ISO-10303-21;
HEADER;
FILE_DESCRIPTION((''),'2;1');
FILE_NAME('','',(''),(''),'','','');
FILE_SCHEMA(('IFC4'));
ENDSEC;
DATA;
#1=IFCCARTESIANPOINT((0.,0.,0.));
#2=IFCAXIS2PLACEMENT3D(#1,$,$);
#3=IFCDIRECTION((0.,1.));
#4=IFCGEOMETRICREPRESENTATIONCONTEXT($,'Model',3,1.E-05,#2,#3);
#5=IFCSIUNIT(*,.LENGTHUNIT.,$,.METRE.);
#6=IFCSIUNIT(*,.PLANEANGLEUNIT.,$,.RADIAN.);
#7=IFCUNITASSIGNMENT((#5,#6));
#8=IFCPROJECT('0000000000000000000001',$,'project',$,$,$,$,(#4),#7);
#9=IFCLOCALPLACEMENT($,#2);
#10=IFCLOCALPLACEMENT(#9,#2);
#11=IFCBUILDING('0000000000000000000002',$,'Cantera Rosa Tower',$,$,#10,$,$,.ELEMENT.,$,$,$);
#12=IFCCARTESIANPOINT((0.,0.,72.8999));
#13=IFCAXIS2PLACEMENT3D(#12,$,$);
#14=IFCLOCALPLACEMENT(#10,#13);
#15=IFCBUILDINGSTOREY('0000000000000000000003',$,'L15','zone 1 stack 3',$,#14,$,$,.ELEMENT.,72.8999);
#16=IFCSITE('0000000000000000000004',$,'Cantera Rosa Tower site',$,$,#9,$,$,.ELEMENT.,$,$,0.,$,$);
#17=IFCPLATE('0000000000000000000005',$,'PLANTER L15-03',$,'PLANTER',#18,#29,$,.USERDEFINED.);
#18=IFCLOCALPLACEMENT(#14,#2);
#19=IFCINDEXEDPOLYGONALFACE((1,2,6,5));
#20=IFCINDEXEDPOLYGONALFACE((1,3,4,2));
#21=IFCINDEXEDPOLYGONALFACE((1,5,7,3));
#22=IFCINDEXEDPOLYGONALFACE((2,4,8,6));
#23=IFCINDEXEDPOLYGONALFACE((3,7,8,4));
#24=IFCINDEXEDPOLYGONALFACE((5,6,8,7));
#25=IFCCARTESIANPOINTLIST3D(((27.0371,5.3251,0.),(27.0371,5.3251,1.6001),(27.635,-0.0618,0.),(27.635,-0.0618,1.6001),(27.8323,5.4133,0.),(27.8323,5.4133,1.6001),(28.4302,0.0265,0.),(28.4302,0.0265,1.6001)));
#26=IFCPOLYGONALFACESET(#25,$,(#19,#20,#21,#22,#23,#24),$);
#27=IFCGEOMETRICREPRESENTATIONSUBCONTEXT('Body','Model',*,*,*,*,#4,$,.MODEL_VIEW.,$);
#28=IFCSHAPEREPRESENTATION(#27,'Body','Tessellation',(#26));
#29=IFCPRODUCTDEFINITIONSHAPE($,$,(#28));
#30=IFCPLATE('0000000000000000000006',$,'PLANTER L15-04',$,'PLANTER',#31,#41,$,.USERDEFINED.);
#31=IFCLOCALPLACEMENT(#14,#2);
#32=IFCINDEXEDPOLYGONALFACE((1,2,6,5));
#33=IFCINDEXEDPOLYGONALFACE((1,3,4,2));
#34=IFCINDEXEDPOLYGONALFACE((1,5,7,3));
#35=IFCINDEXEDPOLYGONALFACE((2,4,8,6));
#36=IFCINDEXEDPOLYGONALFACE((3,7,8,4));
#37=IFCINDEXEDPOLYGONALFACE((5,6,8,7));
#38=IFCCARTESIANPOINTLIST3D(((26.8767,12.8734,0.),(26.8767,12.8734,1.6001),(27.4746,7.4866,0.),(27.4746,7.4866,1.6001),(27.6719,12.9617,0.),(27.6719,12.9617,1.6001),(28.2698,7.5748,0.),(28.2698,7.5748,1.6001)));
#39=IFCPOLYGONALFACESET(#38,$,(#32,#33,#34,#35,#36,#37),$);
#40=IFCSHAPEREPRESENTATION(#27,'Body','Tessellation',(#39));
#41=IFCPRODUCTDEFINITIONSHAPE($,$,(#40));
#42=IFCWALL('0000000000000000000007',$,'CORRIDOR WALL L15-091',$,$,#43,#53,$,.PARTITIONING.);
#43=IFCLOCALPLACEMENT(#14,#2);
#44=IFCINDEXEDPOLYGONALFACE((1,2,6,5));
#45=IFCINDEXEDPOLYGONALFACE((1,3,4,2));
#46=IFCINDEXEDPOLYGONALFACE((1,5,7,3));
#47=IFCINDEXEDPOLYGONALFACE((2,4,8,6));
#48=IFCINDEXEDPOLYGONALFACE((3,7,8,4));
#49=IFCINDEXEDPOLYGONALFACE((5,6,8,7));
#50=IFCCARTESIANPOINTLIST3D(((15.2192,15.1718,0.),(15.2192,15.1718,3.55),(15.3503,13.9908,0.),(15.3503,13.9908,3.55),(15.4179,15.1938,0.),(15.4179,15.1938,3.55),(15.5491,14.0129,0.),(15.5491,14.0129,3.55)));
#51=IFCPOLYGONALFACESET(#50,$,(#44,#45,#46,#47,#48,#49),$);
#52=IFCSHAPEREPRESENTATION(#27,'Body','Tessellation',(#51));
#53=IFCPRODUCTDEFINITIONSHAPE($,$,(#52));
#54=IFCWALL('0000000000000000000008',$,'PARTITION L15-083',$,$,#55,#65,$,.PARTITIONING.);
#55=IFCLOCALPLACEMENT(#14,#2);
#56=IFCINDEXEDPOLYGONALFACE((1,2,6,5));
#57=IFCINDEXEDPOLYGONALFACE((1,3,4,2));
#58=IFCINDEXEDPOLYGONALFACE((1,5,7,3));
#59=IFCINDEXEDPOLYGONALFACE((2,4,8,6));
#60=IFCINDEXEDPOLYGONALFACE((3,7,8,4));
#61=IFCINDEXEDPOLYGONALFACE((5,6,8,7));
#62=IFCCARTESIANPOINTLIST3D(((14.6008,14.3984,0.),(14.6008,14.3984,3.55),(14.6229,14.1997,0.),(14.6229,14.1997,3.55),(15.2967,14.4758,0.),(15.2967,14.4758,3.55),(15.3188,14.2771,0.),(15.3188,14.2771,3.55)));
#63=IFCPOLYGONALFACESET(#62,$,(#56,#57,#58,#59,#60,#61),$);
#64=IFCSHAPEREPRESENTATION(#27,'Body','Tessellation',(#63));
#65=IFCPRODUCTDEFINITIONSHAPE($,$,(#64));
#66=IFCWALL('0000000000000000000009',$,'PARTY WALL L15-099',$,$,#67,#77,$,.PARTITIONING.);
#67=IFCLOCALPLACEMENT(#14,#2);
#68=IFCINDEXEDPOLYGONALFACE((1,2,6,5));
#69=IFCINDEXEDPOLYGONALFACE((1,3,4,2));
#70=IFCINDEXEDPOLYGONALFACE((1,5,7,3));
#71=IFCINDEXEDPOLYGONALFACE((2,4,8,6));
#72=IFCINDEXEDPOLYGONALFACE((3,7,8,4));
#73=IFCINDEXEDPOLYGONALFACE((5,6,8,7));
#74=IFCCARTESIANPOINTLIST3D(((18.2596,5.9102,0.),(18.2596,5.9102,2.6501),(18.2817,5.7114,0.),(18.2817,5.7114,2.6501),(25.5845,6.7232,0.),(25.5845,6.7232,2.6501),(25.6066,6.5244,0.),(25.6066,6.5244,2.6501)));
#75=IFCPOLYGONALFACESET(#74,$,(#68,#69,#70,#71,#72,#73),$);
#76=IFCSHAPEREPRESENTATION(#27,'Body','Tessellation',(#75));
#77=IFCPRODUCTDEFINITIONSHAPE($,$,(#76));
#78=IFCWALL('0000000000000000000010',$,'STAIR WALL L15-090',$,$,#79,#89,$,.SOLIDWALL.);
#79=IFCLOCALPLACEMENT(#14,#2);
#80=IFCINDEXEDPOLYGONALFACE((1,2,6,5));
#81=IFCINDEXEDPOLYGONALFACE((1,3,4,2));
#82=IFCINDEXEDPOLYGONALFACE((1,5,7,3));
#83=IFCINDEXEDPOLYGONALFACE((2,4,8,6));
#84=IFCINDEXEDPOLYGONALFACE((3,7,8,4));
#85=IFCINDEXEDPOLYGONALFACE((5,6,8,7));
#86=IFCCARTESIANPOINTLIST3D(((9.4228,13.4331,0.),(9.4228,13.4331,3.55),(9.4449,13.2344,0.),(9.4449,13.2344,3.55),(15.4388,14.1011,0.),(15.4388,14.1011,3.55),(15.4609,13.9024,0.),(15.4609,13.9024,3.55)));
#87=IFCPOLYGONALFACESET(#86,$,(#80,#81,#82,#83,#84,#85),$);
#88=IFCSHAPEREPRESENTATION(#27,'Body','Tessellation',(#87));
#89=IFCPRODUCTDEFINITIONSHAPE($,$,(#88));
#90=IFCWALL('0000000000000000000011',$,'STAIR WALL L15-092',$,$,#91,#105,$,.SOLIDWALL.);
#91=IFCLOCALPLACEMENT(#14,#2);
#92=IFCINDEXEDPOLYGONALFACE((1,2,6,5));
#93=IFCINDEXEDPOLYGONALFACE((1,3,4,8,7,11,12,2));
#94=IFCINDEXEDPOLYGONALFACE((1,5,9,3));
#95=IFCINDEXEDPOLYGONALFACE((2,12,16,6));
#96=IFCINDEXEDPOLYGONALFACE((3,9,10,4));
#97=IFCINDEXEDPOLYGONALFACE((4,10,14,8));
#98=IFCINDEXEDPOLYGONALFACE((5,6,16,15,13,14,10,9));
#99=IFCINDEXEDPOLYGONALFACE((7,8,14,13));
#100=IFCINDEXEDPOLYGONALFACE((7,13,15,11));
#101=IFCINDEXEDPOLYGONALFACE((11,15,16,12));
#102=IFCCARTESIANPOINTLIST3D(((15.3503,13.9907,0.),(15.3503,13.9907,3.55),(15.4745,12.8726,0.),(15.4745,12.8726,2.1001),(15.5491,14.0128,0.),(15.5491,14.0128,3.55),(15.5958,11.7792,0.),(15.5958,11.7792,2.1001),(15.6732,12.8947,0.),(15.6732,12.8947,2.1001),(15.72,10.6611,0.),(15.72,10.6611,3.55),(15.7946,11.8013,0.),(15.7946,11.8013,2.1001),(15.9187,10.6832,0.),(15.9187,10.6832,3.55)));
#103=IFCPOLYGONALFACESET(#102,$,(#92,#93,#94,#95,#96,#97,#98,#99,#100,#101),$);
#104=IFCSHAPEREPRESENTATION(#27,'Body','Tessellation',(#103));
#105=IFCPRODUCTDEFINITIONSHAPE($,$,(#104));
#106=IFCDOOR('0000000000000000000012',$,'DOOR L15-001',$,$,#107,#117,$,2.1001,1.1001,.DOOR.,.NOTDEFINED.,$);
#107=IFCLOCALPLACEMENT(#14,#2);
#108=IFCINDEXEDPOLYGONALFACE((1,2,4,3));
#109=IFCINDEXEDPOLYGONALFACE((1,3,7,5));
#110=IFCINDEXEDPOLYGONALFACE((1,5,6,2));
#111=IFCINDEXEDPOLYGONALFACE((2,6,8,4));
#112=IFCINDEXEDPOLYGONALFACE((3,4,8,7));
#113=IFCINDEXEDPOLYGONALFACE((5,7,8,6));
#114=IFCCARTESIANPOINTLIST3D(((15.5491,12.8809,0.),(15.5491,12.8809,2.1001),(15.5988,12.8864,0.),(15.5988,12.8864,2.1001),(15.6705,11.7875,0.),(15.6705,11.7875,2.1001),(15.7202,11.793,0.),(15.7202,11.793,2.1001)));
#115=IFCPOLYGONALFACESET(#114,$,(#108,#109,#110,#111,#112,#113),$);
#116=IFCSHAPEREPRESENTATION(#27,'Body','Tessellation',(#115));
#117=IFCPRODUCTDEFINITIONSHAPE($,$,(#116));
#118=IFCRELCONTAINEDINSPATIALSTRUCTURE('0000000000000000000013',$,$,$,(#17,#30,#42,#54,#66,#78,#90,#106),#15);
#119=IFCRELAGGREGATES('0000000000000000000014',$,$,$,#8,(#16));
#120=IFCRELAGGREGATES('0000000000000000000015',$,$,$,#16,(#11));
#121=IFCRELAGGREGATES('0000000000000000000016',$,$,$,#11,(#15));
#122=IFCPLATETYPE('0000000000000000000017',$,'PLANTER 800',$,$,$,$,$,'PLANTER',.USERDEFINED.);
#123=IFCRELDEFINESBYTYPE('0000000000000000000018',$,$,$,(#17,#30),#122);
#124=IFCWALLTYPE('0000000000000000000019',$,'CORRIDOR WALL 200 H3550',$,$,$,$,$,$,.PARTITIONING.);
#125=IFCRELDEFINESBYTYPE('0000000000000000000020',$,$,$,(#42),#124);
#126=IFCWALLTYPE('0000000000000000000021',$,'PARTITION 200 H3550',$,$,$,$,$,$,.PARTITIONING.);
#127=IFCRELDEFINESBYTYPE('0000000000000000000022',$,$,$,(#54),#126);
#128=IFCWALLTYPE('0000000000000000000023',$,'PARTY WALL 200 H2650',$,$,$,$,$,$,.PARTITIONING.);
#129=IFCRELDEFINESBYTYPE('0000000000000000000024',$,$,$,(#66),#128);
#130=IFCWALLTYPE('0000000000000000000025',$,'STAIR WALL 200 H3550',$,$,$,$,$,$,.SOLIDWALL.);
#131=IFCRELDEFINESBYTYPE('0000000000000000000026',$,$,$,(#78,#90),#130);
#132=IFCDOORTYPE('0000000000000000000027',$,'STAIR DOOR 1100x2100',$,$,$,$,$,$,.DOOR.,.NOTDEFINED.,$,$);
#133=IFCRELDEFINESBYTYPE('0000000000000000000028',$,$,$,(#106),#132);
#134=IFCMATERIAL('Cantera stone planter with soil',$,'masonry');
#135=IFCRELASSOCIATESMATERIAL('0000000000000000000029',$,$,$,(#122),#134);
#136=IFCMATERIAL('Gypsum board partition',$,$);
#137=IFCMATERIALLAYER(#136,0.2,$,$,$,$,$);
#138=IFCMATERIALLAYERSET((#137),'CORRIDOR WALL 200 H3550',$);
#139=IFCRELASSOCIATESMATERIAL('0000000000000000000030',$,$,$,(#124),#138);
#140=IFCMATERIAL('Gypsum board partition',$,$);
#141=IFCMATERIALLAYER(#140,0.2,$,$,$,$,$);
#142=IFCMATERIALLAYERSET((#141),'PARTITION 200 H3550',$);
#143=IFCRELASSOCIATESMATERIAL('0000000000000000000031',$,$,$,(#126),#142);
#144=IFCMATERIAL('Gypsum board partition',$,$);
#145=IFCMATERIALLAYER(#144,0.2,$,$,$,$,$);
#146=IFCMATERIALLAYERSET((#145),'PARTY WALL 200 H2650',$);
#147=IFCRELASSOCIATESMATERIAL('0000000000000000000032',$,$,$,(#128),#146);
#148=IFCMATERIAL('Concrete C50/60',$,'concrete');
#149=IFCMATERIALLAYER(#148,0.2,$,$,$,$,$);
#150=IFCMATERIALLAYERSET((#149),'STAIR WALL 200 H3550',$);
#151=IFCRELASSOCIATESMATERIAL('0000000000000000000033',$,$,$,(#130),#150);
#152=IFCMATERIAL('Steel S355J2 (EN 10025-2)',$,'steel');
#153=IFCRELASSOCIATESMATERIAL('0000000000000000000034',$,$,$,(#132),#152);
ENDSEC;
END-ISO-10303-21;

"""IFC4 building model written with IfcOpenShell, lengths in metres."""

from ifc_helpers import new_model, si_unit, direction, frame, frame_2d, origin, origin_2d, place, context, subcontext, project, spatial, rectangle, extrude, material, layer, layer_set, type_object, element, fill, save


model = new_model("IFC4")

# Units and contexts
model_context = context("Model", 3, precision=1e-05, world=origin(), true_north=direction((0.0, 1.0)))
body_context = subcontext(model_context, "Body", "Model", "MODEL_VIEW")
ifc_project = project(units=[si_unit("LENGTHUNIT", "METRE"), si_unit("PLANEANGLEUNIT", "RADIAN")], contexts=[model_context])

# Site, building, storey
site_placement = place(None, origin())
site = spatial("IfcSite", under=ifc_project, at=site_placement, Name="Cantera Rosa Tower site", CompositionType="ELEMENT", RefElevation=0.0)
building_placement = place(site_placement, origin())
building = spatial("IfcBuilding", under=site, at=building_placement, Name="Cantera Rosa Tower", CompositionType="ELEMENT")
storey_placement = place(building_placement, frame((0.0, 0.0, 72.8999)))
storey = spatial("IfcBuildingStorey", under=building, at=storey_placement, Name="L15", Description="zone 1 stack 3", CompositionType="ELEMENT", Elevation=72.8999)

# Plates
ifc_material_1 = material(Name="Cantera stone planter with soil", Category="masonry")
plate_type = type_object("IfcPlateType", Name="PLANTER 800", ElementType="PLANTER", PredefinedType="USERDEFINED", material=ifc_material_1)
for number, where, z_axis, x_axis, name in (
    (1, (27.7336, 2.6758, 0.0), (0.0, 0.0, 1.0), (-0.110313, 0.993897, 0.0), "PLANTER L15-03"),
    (2, (27.5732, 10.2241, 0.0), (0.0, 0.0, 1.0), (-0.110313, 0.993897, 0.0), "PLANTER L15-04"),
):
    element("IfcPlate", number, at=place(storey_placement, frame(where, z_axis=z_axis, x_axis=x_axis)), inside=storey, type_object=plate_type, Name=name, ObjectType="PLANTER", PredefinedType="USERDEFINED", context=body_context, shape_type="SweptSolid", body=[
        extrude(rectangle(XDim=5.4199, YDim=0.8, at=origin_2d()), origin(), (0.0, 0.0, 1.0), 1.6001),
    ])

# Wall
ifc_material_2 = material(Name="Gypsum board partition")
ifc_layer_1 = layer(ifc_material_2, 0.2)
ifc_layer_set_1 = layer_set([ifc_layer_1], Name="CORRIDOR WALL 200 H3550")
wall_type_1 = type_object("IfcWallType", Name="CORRIDOR WALL 200 H3550", PredefinedType="PARTITIONING", material=ifc_layer_set_1)
wall_1_placement = place(storey_placement, frame((15.4497, 14.0017, 0.0), z_axis=(0.0, 0.0, 1.0), x_axis=(-0.110341, 0.993894, 0.0)))
element("IfcWall", 3, at=wall_1_placement, inside=storey, type_object=wall_type_1, Name="CORRIDOR WALL L15-091", PredefinedType="PARTITIONING", context=body_context, shape_type="SweptSolid", body=[
    extrude(rectangle(XDim=1.1882, YDim=0.2, at=frame_2d((0.5942, 0.0))), origin(), (0.0, 0.0, 1.0), 3.55),
])

# Walls
ifc_material_3 = material(Name="Gypsum board partition")
ifc_layer_2 = layer(ifc_material_3, 0.2)
ifc_layer_set_2 = layer_set([ifc_layer_2], Name="PARTITION 200 H3550")
wall_type_2 = type_object("IfcWallType", Name="PARTITION 200 H3550", PredefinedType="PARTITIONING", material=ifc_layer_set_2)
wall_2_placement = place(storey_placement, frame((14.6118, 14.2991, 0.0), z_axis=(0.0, 0.0, 1.0), x_axis=(0.993871, 0.110546, 0.0)))
element("IfcWall", 4, at=wall_2_placement, inside=storey, type_object=wall_type_2, Name="PARTITION L15-083", PredefinedType="PARTITIONING", context=body_context, shape_type="SweptSolid", body=[
    extrude(rectangle(XDim=0.7002, YDim=0.2, at=frame_2d((0.3501, 0.0))), origin(), (0.0, 0.0, 1.0), 3.55),
])
ifc_material_4 = material(Name="Gypsum board partition")
ifc_layer_3 = layer(ifc_material_4, 0.2)
ifc_layer_set_3 = layer_set([ifc_layer_3], Name="PARTY WALL 200 H2650")
wall_type_3 = type_object("IfcWallType", Name="PARTY WALL 200 H2650", PredefinedType="PARTITIONING", material=ifc_layer_set_3)
wall_3_placement = place(storey_placement, frame((18.2705, 5.8108, 0.0), z_axis=(0.0, 0.0, 1.0), x_axis=(0.993897, 0.110312, 0.0)))
element("IfcWall", 5, at=wall_3_placement, inside=storey, type_object=wall_type_3, Name="PARTY WALL L15-099", PredefinedType="PARTITIONING", context=body_context, shape_type="SweptSolid", body=[
    extrude(rectangle(XDim=7.3699, YDim=0.2, at=frame_2d((3.6851, 0.0))), origin(), (0.0, 0.0, 1.0), 2.6501),
])
ifc_material_5 = material(Name="Concrete C50/60", Category="concrete")
ifc_layer_4 = layer(ifc_material_5, 0.2)
ifc_layer_set_4 = layer_set([ifc_layer_4], Name="STAIR WALL 200 H3550")
wall_type_4 = type_object("IfcWallType", Name="STAIR WALL 200 H3550", PredefinedType="SOLIDWALL", material=ifc_layer_set_4)
wall_4_placement = place(storey_placement, frame((15.4497, 14.0017, 0.0), z_axis=(0.0, 0.0, 1.0), x_axis=(-0.993893, -0.110352, 0.0)))
element("IfcWall", 6, at=wall_4_placement, inside=storey, type_object=wall_type_4, Name="STAIR WALL L15-090", PredefinedType="SOLIDWALL", context=body_context, shape_type="SweptSolid", body=[
    extrude(rectangle(XDim=6.053, YDim=0.2, at=frame_2d((3.0264, 0.0))), origin(), (0.0, 0.0, 1.0), 3.55),
])

# Wall, opening, door
wall_5_placement = place(storey_placement, frame((15.8193, 10.6721, 0.0), z_axis=(0.0, 0.0, 1.0), x_axis=(-0.110336, 0.993894, 0.0)))
wall_5 = element("IfcWall", 7, at=wall_5_placement, inside=storey, type_object=wall_type_4, Name="STAIR WALL L15-092", PredefinedType="SOLIDWALL", context=body_context, shape_type="SweptSolid", body=[
    extrude(rectangle(XDim=3.3501, YDim=0.2, at=frame_2d((1.675, 0.0))), origin(), (0.0, 0.0, 1.0), 3.55),
])
opening_1_placement = place(wall_5_placement, frame((1.125, 0.0, 0.0)))
opening_1 = element("IfcOpeningElement", 8, at=opening_1_placement, cuts=wall_5, PredefinedType="OPENING", context=body_context, shape_type="SweptSolid", body=[
    extrude(rectangle(XDim=1.1001, YDim=2.1001, at=frame_2d((0.55, 1.05))), frame((0.0, 0.1099, 0.0), z_axis=(0.0, -1.0, 0.0), x_axis=(1.0, 0.0, 0.0)), (0.0, 0.0, 1.0), 0.22),
])
ifc_material_6 = material(Name="Steel S355J2 (EN 10025-2)", Category="steel")
door_type_1 = type_object("IfcDoorType", Name="STAIR DOOR 1100x2100", OperationType="NOTDEFINED", PredefinedType="DOOR", material=ifc_material_6)
door_1_placement = place(opening_1_placement, origin())
door_1 = element("IfcDoor", 9, at=door_1_placement, inside=storey, type_object=door_type_1, Name="DOOR L15-001", OperationType="NOTDEFINED", OverallHeight=2.1001, OverallWidth=1.1001, PredefinedType="DOOR", context=body_context, shape_type="SweptSolid", body=[
    extrude(rectangle(XDim=1.1001, YDim=2.1001, at=frame_2d((0.55, 1.05))), frame((0.0, 0.0249, 0.0), z_axis=(0.0, -1.0, 0.0), x_axis=(1.0, 0.0, 0.0)), (0.0, 0.0, 1.0), 0.05),
])
fill(opening_1, door_1)

save(model, "model.ifc")
